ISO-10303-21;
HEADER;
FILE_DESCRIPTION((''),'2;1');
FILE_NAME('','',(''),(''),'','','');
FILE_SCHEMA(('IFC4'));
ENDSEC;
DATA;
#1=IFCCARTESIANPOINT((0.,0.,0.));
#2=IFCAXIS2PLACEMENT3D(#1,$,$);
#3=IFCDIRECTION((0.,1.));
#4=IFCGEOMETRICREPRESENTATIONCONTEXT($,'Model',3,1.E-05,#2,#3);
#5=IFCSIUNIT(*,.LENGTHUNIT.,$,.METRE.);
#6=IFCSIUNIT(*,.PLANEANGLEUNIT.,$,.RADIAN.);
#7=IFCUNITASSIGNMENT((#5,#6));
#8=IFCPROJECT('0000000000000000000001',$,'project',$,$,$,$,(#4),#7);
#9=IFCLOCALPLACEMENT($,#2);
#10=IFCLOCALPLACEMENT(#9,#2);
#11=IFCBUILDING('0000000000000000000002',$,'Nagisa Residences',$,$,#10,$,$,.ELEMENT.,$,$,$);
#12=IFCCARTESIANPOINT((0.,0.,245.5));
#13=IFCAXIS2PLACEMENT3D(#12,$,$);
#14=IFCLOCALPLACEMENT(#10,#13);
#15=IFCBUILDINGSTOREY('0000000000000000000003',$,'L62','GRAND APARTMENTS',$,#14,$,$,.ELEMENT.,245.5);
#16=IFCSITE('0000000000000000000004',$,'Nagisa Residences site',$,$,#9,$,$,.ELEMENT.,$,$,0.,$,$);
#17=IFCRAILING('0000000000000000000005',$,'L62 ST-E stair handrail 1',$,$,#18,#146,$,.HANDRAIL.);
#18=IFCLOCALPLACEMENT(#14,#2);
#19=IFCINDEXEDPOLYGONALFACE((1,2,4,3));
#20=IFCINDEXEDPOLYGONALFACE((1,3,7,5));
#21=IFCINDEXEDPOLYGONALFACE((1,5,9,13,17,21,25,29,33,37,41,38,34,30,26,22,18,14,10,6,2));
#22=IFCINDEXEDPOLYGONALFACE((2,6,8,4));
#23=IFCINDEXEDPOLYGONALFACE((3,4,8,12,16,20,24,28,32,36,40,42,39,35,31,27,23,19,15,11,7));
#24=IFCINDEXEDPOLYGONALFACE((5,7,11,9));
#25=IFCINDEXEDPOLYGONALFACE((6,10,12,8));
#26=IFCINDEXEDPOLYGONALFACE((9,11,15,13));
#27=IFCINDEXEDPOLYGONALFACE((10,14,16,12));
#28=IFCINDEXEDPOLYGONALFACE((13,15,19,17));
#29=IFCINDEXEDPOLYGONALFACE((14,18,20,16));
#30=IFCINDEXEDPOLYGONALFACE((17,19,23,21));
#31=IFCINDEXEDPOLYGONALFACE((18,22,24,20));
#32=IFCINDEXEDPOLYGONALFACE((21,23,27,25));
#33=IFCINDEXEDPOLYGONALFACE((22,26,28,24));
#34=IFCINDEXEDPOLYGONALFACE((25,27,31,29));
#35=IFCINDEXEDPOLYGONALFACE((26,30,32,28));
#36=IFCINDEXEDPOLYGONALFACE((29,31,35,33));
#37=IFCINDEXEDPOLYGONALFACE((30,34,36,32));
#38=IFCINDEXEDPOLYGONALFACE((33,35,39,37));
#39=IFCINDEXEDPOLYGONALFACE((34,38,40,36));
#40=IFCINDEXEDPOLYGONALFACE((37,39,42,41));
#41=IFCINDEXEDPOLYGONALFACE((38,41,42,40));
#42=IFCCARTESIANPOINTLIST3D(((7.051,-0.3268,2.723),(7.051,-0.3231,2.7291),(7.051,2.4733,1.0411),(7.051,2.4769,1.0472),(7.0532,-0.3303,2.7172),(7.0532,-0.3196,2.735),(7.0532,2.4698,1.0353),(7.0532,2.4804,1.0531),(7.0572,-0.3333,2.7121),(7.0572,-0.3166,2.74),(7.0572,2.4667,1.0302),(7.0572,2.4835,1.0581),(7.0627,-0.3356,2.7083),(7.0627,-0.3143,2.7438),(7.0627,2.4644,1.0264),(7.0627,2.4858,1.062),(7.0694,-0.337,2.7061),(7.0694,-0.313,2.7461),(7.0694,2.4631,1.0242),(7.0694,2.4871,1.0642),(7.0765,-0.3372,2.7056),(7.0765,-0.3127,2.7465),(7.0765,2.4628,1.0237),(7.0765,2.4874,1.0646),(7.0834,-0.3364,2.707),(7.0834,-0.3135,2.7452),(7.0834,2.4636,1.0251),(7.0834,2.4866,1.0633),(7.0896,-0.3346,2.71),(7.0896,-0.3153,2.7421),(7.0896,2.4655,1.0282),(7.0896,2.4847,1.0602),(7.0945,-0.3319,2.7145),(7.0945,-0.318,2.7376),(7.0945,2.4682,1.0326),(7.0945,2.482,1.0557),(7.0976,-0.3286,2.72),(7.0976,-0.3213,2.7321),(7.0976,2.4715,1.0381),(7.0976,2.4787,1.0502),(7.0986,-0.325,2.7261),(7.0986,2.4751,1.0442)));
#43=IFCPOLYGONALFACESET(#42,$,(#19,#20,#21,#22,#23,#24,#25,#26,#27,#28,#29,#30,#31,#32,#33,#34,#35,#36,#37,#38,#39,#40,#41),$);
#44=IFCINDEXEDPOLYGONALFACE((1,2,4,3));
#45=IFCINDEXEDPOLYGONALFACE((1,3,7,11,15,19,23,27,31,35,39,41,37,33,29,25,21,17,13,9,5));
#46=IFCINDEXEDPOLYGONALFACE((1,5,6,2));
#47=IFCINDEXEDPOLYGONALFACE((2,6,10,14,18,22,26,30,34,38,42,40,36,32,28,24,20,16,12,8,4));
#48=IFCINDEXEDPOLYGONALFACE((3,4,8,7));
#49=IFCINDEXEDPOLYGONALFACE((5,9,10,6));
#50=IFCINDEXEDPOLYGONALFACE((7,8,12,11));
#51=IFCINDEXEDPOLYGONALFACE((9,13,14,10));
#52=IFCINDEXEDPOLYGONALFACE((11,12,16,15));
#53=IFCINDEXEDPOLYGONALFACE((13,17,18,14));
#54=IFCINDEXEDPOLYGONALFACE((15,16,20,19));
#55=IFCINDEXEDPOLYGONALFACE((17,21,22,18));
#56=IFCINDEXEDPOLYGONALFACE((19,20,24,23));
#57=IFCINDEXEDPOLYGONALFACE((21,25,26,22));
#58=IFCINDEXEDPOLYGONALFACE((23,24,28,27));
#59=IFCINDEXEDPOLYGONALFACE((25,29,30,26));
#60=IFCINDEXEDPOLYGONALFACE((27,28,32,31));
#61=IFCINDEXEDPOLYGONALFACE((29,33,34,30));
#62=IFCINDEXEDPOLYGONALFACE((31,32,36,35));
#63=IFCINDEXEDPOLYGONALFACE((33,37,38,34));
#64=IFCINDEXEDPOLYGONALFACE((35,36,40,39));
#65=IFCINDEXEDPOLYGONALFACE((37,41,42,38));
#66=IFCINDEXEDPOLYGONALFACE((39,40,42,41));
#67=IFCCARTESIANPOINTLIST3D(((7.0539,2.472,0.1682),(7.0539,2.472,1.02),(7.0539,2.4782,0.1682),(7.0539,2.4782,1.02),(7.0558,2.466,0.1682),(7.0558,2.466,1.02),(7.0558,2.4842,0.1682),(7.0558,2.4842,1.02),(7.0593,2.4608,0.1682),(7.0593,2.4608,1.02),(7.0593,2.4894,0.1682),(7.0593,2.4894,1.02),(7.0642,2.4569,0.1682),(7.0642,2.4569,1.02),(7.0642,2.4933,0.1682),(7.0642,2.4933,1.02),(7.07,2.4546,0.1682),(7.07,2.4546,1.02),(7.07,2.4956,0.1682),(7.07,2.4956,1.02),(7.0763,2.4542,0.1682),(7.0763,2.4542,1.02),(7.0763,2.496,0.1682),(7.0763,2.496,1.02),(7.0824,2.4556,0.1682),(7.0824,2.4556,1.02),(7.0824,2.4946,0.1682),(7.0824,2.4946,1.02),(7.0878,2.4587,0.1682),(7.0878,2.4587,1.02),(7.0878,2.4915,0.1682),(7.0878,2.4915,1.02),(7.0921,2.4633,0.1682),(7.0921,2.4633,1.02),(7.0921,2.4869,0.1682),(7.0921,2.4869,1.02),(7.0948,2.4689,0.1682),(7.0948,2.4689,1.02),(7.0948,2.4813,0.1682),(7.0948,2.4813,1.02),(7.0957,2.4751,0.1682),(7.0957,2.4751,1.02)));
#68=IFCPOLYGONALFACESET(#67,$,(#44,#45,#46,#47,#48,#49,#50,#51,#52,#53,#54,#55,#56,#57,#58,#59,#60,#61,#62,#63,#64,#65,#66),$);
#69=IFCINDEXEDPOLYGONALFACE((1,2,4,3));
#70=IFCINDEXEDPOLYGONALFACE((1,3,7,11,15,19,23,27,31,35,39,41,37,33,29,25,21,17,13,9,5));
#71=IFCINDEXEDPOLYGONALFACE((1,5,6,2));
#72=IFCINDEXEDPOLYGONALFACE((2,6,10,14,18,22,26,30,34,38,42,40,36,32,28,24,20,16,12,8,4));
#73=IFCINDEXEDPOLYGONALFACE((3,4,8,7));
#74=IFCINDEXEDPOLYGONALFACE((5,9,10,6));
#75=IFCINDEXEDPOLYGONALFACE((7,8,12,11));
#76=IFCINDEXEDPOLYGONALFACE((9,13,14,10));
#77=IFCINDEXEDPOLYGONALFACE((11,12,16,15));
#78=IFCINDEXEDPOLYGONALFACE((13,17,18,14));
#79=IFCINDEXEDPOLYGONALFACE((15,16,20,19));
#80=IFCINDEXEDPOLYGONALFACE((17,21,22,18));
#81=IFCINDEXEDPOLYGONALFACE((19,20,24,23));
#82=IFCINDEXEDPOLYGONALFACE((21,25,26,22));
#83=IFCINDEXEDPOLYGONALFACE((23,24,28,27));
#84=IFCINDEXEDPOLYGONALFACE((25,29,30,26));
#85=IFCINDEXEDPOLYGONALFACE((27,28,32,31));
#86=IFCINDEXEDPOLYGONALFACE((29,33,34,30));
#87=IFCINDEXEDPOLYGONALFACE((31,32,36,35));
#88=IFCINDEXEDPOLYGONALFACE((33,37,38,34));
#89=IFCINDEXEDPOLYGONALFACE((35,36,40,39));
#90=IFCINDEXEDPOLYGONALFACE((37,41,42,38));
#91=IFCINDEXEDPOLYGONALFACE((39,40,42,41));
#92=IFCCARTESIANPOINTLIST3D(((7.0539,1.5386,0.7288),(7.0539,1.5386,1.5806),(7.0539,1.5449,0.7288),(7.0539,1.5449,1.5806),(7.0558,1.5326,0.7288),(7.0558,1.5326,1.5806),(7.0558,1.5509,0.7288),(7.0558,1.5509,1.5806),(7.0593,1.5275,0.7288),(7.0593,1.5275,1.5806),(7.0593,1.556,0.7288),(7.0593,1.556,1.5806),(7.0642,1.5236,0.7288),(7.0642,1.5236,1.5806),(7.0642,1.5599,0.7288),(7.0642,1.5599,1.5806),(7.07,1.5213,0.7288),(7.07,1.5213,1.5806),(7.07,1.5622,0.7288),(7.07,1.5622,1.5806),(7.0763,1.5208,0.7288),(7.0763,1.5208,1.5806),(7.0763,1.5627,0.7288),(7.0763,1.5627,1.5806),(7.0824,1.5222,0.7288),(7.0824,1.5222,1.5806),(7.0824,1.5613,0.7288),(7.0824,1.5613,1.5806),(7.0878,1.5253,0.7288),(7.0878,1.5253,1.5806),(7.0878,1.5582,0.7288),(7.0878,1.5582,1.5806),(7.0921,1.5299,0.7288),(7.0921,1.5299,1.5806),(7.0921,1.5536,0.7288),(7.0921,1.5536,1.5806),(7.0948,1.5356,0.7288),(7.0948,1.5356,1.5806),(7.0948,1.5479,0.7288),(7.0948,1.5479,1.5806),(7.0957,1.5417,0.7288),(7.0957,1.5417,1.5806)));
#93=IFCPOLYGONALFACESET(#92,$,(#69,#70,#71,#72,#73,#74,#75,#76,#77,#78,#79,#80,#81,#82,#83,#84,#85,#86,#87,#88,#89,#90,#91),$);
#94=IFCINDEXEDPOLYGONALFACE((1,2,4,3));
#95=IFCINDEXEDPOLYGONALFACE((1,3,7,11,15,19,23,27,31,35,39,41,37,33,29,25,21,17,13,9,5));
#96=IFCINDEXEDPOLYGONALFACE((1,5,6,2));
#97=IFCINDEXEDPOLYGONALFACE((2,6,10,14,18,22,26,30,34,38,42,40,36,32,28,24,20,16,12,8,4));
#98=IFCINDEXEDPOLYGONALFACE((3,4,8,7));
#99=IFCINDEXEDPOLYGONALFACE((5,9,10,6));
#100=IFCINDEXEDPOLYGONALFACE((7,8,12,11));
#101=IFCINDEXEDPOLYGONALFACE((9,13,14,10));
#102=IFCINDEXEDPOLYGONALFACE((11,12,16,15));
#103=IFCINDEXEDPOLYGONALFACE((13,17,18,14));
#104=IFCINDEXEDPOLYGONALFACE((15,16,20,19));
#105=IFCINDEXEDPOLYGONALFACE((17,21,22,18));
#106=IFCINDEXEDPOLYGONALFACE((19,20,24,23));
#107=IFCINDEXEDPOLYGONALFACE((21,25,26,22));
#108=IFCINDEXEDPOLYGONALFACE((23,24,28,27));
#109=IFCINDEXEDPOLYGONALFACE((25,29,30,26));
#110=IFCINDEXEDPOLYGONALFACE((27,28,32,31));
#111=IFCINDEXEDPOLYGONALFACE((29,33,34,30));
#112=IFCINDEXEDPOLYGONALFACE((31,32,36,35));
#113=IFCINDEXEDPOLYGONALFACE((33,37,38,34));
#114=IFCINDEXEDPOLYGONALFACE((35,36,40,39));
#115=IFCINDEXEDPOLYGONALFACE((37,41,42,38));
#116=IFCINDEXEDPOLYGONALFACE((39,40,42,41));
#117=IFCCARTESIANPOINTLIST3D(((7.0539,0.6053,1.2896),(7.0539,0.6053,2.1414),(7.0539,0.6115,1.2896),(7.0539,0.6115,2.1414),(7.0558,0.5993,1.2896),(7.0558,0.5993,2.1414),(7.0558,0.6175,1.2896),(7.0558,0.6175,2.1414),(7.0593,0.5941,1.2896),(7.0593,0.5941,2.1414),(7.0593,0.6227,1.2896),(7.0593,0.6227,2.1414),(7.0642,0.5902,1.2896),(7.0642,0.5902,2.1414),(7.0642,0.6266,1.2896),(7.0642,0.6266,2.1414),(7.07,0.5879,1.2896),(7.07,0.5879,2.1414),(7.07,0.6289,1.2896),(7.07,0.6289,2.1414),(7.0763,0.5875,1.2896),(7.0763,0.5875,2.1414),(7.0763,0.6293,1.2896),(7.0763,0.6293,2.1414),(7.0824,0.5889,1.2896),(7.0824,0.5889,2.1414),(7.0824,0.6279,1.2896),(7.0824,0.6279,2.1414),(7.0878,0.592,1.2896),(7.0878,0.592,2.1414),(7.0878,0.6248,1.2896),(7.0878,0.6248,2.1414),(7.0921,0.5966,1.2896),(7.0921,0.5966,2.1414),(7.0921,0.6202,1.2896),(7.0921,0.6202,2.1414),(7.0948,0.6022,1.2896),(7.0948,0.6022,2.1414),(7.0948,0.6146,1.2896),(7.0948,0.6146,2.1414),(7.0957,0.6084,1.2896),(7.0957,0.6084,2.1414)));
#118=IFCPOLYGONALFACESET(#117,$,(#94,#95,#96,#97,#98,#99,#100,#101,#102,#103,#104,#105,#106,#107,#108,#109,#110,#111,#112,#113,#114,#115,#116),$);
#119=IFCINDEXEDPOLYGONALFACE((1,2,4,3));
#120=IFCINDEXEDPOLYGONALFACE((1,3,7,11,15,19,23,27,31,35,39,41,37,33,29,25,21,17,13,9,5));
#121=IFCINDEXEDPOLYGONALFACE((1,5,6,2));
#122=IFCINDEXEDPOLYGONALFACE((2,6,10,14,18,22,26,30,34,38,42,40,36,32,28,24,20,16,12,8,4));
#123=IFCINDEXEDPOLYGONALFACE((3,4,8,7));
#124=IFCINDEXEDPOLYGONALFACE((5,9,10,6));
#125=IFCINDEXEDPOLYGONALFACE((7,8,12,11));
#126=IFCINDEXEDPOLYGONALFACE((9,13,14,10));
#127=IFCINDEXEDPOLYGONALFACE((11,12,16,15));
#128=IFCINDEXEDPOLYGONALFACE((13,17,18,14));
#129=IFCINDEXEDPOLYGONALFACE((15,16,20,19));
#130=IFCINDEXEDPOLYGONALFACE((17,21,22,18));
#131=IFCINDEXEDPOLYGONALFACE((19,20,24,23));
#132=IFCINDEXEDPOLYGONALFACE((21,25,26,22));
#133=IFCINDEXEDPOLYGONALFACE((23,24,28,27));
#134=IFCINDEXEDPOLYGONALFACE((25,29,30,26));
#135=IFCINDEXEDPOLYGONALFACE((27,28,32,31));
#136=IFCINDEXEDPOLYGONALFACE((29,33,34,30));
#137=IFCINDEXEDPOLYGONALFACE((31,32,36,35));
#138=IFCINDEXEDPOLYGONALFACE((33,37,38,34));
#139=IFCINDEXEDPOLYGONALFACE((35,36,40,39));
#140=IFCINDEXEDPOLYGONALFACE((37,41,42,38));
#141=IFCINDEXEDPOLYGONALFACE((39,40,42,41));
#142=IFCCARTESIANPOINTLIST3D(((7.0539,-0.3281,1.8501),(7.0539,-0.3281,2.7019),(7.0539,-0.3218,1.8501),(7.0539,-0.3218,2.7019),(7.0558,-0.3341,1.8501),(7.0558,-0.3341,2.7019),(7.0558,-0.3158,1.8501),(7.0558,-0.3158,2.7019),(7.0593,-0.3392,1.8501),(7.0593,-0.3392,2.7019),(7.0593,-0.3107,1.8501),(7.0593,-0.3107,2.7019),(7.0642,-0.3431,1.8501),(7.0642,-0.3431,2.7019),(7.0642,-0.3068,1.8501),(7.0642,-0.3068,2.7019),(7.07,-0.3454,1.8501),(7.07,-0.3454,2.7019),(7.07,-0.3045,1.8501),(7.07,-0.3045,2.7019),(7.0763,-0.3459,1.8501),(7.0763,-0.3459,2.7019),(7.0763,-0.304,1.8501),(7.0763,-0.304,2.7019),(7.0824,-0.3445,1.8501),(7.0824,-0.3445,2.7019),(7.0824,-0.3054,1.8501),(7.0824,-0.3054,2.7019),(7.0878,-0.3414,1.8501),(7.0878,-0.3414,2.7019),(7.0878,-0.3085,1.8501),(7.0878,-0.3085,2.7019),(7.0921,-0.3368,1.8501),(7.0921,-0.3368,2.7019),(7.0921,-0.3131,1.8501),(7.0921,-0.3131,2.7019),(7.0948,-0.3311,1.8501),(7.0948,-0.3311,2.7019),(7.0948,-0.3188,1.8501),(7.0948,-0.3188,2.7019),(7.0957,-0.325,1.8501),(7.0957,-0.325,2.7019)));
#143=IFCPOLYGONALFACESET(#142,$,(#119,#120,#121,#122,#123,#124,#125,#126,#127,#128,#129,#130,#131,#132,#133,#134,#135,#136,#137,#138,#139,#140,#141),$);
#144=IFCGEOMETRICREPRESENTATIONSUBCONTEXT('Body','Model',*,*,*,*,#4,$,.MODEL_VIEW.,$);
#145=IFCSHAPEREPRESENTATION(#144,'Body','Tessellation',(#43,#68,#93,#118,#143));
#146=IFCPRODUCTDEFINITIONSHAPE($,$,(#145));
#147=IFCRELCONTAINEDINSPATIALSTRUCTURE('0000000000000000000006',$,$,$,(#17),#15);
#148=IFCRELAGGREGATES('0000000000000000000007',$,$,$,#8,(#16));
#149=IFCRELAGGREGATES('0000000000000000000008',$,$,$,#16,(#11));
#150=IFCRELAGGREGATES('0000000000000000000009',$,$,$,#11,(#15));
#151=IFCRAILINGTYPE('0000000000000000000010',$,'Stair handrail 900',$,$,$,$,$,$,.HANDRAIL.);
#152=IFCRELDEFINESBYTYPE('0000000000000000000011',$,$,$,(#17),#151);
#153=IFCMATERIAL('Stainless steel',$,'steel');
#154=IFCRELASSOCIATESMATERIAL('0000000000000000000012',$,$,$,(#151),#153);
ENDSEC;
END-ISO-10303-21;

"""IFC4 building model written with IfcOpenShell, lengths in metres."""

from ifc_helpers import new_model, si_unit, direction, frame, origin, origin_2d, place, context, subcontext, project, spatial, circle, extrude, material, type_object, element, save


model = new_model("IFC4")

# Units and contexts
model_context = context("Model", 3, precision=1e-05, world=origin(), true_north=direction((0.0, 1.0)))
body_context = subcontext(model_context, "Body", "Model", "MODEL_VIEW")
ifc_project = project(units=[si_unit("LENGTHUNIT", "METRE"), si_unit("PLANEANGLEUNIT", "RADIAN")], contexts=[model_context])

# Site, building, storey
site_placement = place(None, origin())
site = spatial("IfcSite", under=ifc_project, at=site_placement, Name="Nagisa Residences site", CompositionType="ELEMENT", RefElevation=0.0)
building_placement = place(site_placement, origin())
building = spatial("IfcBuilding", under=site, at=building_placement, Name="Nagisa Residences", CompositionType="ELEMENT")
storey_placement = place(building_placement, frame((0.0, 0.0, 245.5)))
storey = spatial("IfcBuildingStorey", under=building, at=storey_placement, Name="L62", Description="GRAND APARTMENTS", CompositionType="ELEMENT", Elevation=245.5)

# Railing
ifc_material_1 = material(Name="Stainless steel", Category="steel")
railing_type_1 = type_object("IfcRailingType", Name="Stair handrail 900", PredefinedType="HANDRAIL", material=ifc_material_1)
railing_1_placement = place(storey_placement, frame((7.0747, 2.4751, 0.1682)))
element("IfcRailing", 1, at=railing_1_placement, inside=storey, type_object=railing_type_1, Name="L62 ST-E stair handrail 1", PredefinedType="HANDRAIL", context=body_context, shape_type="SweptSolid", body=[
    extrude(circle(Radius=0.0239, at=origin_2d()), frame((0.0, 0.0, 0.876), z_axis=(0.0, -0.857242, 0.514913), x_axis=(1.0, 0.0, 0.0)), (0.0, 0.0, 1.0), 3.2664),
    extrude(circle(Radius=0.021, at=origin_2d()), origin(), (0.0, 0.0, 1.0), 0.8518),
    extrude(circle(Radius=0.021, at=origin_2d()), frame((0.0, -0.9333, 0.5605)), (0.0, 0.0, 1.0), 0.8518),
    extrude(circle(Radius=0.021, at=origin_2d()), frame((0.0, -1.8667, 1.1213)), (0.0, 0.0, 1.0), 0.8518),
    extrude(circle(Radius=0.021, at=origin_2d()), frame((0.0, -2.8, 1.6819)), (0.0, 0.0, 1.0), 0.8518),
])

save(model, "model.ifc")
